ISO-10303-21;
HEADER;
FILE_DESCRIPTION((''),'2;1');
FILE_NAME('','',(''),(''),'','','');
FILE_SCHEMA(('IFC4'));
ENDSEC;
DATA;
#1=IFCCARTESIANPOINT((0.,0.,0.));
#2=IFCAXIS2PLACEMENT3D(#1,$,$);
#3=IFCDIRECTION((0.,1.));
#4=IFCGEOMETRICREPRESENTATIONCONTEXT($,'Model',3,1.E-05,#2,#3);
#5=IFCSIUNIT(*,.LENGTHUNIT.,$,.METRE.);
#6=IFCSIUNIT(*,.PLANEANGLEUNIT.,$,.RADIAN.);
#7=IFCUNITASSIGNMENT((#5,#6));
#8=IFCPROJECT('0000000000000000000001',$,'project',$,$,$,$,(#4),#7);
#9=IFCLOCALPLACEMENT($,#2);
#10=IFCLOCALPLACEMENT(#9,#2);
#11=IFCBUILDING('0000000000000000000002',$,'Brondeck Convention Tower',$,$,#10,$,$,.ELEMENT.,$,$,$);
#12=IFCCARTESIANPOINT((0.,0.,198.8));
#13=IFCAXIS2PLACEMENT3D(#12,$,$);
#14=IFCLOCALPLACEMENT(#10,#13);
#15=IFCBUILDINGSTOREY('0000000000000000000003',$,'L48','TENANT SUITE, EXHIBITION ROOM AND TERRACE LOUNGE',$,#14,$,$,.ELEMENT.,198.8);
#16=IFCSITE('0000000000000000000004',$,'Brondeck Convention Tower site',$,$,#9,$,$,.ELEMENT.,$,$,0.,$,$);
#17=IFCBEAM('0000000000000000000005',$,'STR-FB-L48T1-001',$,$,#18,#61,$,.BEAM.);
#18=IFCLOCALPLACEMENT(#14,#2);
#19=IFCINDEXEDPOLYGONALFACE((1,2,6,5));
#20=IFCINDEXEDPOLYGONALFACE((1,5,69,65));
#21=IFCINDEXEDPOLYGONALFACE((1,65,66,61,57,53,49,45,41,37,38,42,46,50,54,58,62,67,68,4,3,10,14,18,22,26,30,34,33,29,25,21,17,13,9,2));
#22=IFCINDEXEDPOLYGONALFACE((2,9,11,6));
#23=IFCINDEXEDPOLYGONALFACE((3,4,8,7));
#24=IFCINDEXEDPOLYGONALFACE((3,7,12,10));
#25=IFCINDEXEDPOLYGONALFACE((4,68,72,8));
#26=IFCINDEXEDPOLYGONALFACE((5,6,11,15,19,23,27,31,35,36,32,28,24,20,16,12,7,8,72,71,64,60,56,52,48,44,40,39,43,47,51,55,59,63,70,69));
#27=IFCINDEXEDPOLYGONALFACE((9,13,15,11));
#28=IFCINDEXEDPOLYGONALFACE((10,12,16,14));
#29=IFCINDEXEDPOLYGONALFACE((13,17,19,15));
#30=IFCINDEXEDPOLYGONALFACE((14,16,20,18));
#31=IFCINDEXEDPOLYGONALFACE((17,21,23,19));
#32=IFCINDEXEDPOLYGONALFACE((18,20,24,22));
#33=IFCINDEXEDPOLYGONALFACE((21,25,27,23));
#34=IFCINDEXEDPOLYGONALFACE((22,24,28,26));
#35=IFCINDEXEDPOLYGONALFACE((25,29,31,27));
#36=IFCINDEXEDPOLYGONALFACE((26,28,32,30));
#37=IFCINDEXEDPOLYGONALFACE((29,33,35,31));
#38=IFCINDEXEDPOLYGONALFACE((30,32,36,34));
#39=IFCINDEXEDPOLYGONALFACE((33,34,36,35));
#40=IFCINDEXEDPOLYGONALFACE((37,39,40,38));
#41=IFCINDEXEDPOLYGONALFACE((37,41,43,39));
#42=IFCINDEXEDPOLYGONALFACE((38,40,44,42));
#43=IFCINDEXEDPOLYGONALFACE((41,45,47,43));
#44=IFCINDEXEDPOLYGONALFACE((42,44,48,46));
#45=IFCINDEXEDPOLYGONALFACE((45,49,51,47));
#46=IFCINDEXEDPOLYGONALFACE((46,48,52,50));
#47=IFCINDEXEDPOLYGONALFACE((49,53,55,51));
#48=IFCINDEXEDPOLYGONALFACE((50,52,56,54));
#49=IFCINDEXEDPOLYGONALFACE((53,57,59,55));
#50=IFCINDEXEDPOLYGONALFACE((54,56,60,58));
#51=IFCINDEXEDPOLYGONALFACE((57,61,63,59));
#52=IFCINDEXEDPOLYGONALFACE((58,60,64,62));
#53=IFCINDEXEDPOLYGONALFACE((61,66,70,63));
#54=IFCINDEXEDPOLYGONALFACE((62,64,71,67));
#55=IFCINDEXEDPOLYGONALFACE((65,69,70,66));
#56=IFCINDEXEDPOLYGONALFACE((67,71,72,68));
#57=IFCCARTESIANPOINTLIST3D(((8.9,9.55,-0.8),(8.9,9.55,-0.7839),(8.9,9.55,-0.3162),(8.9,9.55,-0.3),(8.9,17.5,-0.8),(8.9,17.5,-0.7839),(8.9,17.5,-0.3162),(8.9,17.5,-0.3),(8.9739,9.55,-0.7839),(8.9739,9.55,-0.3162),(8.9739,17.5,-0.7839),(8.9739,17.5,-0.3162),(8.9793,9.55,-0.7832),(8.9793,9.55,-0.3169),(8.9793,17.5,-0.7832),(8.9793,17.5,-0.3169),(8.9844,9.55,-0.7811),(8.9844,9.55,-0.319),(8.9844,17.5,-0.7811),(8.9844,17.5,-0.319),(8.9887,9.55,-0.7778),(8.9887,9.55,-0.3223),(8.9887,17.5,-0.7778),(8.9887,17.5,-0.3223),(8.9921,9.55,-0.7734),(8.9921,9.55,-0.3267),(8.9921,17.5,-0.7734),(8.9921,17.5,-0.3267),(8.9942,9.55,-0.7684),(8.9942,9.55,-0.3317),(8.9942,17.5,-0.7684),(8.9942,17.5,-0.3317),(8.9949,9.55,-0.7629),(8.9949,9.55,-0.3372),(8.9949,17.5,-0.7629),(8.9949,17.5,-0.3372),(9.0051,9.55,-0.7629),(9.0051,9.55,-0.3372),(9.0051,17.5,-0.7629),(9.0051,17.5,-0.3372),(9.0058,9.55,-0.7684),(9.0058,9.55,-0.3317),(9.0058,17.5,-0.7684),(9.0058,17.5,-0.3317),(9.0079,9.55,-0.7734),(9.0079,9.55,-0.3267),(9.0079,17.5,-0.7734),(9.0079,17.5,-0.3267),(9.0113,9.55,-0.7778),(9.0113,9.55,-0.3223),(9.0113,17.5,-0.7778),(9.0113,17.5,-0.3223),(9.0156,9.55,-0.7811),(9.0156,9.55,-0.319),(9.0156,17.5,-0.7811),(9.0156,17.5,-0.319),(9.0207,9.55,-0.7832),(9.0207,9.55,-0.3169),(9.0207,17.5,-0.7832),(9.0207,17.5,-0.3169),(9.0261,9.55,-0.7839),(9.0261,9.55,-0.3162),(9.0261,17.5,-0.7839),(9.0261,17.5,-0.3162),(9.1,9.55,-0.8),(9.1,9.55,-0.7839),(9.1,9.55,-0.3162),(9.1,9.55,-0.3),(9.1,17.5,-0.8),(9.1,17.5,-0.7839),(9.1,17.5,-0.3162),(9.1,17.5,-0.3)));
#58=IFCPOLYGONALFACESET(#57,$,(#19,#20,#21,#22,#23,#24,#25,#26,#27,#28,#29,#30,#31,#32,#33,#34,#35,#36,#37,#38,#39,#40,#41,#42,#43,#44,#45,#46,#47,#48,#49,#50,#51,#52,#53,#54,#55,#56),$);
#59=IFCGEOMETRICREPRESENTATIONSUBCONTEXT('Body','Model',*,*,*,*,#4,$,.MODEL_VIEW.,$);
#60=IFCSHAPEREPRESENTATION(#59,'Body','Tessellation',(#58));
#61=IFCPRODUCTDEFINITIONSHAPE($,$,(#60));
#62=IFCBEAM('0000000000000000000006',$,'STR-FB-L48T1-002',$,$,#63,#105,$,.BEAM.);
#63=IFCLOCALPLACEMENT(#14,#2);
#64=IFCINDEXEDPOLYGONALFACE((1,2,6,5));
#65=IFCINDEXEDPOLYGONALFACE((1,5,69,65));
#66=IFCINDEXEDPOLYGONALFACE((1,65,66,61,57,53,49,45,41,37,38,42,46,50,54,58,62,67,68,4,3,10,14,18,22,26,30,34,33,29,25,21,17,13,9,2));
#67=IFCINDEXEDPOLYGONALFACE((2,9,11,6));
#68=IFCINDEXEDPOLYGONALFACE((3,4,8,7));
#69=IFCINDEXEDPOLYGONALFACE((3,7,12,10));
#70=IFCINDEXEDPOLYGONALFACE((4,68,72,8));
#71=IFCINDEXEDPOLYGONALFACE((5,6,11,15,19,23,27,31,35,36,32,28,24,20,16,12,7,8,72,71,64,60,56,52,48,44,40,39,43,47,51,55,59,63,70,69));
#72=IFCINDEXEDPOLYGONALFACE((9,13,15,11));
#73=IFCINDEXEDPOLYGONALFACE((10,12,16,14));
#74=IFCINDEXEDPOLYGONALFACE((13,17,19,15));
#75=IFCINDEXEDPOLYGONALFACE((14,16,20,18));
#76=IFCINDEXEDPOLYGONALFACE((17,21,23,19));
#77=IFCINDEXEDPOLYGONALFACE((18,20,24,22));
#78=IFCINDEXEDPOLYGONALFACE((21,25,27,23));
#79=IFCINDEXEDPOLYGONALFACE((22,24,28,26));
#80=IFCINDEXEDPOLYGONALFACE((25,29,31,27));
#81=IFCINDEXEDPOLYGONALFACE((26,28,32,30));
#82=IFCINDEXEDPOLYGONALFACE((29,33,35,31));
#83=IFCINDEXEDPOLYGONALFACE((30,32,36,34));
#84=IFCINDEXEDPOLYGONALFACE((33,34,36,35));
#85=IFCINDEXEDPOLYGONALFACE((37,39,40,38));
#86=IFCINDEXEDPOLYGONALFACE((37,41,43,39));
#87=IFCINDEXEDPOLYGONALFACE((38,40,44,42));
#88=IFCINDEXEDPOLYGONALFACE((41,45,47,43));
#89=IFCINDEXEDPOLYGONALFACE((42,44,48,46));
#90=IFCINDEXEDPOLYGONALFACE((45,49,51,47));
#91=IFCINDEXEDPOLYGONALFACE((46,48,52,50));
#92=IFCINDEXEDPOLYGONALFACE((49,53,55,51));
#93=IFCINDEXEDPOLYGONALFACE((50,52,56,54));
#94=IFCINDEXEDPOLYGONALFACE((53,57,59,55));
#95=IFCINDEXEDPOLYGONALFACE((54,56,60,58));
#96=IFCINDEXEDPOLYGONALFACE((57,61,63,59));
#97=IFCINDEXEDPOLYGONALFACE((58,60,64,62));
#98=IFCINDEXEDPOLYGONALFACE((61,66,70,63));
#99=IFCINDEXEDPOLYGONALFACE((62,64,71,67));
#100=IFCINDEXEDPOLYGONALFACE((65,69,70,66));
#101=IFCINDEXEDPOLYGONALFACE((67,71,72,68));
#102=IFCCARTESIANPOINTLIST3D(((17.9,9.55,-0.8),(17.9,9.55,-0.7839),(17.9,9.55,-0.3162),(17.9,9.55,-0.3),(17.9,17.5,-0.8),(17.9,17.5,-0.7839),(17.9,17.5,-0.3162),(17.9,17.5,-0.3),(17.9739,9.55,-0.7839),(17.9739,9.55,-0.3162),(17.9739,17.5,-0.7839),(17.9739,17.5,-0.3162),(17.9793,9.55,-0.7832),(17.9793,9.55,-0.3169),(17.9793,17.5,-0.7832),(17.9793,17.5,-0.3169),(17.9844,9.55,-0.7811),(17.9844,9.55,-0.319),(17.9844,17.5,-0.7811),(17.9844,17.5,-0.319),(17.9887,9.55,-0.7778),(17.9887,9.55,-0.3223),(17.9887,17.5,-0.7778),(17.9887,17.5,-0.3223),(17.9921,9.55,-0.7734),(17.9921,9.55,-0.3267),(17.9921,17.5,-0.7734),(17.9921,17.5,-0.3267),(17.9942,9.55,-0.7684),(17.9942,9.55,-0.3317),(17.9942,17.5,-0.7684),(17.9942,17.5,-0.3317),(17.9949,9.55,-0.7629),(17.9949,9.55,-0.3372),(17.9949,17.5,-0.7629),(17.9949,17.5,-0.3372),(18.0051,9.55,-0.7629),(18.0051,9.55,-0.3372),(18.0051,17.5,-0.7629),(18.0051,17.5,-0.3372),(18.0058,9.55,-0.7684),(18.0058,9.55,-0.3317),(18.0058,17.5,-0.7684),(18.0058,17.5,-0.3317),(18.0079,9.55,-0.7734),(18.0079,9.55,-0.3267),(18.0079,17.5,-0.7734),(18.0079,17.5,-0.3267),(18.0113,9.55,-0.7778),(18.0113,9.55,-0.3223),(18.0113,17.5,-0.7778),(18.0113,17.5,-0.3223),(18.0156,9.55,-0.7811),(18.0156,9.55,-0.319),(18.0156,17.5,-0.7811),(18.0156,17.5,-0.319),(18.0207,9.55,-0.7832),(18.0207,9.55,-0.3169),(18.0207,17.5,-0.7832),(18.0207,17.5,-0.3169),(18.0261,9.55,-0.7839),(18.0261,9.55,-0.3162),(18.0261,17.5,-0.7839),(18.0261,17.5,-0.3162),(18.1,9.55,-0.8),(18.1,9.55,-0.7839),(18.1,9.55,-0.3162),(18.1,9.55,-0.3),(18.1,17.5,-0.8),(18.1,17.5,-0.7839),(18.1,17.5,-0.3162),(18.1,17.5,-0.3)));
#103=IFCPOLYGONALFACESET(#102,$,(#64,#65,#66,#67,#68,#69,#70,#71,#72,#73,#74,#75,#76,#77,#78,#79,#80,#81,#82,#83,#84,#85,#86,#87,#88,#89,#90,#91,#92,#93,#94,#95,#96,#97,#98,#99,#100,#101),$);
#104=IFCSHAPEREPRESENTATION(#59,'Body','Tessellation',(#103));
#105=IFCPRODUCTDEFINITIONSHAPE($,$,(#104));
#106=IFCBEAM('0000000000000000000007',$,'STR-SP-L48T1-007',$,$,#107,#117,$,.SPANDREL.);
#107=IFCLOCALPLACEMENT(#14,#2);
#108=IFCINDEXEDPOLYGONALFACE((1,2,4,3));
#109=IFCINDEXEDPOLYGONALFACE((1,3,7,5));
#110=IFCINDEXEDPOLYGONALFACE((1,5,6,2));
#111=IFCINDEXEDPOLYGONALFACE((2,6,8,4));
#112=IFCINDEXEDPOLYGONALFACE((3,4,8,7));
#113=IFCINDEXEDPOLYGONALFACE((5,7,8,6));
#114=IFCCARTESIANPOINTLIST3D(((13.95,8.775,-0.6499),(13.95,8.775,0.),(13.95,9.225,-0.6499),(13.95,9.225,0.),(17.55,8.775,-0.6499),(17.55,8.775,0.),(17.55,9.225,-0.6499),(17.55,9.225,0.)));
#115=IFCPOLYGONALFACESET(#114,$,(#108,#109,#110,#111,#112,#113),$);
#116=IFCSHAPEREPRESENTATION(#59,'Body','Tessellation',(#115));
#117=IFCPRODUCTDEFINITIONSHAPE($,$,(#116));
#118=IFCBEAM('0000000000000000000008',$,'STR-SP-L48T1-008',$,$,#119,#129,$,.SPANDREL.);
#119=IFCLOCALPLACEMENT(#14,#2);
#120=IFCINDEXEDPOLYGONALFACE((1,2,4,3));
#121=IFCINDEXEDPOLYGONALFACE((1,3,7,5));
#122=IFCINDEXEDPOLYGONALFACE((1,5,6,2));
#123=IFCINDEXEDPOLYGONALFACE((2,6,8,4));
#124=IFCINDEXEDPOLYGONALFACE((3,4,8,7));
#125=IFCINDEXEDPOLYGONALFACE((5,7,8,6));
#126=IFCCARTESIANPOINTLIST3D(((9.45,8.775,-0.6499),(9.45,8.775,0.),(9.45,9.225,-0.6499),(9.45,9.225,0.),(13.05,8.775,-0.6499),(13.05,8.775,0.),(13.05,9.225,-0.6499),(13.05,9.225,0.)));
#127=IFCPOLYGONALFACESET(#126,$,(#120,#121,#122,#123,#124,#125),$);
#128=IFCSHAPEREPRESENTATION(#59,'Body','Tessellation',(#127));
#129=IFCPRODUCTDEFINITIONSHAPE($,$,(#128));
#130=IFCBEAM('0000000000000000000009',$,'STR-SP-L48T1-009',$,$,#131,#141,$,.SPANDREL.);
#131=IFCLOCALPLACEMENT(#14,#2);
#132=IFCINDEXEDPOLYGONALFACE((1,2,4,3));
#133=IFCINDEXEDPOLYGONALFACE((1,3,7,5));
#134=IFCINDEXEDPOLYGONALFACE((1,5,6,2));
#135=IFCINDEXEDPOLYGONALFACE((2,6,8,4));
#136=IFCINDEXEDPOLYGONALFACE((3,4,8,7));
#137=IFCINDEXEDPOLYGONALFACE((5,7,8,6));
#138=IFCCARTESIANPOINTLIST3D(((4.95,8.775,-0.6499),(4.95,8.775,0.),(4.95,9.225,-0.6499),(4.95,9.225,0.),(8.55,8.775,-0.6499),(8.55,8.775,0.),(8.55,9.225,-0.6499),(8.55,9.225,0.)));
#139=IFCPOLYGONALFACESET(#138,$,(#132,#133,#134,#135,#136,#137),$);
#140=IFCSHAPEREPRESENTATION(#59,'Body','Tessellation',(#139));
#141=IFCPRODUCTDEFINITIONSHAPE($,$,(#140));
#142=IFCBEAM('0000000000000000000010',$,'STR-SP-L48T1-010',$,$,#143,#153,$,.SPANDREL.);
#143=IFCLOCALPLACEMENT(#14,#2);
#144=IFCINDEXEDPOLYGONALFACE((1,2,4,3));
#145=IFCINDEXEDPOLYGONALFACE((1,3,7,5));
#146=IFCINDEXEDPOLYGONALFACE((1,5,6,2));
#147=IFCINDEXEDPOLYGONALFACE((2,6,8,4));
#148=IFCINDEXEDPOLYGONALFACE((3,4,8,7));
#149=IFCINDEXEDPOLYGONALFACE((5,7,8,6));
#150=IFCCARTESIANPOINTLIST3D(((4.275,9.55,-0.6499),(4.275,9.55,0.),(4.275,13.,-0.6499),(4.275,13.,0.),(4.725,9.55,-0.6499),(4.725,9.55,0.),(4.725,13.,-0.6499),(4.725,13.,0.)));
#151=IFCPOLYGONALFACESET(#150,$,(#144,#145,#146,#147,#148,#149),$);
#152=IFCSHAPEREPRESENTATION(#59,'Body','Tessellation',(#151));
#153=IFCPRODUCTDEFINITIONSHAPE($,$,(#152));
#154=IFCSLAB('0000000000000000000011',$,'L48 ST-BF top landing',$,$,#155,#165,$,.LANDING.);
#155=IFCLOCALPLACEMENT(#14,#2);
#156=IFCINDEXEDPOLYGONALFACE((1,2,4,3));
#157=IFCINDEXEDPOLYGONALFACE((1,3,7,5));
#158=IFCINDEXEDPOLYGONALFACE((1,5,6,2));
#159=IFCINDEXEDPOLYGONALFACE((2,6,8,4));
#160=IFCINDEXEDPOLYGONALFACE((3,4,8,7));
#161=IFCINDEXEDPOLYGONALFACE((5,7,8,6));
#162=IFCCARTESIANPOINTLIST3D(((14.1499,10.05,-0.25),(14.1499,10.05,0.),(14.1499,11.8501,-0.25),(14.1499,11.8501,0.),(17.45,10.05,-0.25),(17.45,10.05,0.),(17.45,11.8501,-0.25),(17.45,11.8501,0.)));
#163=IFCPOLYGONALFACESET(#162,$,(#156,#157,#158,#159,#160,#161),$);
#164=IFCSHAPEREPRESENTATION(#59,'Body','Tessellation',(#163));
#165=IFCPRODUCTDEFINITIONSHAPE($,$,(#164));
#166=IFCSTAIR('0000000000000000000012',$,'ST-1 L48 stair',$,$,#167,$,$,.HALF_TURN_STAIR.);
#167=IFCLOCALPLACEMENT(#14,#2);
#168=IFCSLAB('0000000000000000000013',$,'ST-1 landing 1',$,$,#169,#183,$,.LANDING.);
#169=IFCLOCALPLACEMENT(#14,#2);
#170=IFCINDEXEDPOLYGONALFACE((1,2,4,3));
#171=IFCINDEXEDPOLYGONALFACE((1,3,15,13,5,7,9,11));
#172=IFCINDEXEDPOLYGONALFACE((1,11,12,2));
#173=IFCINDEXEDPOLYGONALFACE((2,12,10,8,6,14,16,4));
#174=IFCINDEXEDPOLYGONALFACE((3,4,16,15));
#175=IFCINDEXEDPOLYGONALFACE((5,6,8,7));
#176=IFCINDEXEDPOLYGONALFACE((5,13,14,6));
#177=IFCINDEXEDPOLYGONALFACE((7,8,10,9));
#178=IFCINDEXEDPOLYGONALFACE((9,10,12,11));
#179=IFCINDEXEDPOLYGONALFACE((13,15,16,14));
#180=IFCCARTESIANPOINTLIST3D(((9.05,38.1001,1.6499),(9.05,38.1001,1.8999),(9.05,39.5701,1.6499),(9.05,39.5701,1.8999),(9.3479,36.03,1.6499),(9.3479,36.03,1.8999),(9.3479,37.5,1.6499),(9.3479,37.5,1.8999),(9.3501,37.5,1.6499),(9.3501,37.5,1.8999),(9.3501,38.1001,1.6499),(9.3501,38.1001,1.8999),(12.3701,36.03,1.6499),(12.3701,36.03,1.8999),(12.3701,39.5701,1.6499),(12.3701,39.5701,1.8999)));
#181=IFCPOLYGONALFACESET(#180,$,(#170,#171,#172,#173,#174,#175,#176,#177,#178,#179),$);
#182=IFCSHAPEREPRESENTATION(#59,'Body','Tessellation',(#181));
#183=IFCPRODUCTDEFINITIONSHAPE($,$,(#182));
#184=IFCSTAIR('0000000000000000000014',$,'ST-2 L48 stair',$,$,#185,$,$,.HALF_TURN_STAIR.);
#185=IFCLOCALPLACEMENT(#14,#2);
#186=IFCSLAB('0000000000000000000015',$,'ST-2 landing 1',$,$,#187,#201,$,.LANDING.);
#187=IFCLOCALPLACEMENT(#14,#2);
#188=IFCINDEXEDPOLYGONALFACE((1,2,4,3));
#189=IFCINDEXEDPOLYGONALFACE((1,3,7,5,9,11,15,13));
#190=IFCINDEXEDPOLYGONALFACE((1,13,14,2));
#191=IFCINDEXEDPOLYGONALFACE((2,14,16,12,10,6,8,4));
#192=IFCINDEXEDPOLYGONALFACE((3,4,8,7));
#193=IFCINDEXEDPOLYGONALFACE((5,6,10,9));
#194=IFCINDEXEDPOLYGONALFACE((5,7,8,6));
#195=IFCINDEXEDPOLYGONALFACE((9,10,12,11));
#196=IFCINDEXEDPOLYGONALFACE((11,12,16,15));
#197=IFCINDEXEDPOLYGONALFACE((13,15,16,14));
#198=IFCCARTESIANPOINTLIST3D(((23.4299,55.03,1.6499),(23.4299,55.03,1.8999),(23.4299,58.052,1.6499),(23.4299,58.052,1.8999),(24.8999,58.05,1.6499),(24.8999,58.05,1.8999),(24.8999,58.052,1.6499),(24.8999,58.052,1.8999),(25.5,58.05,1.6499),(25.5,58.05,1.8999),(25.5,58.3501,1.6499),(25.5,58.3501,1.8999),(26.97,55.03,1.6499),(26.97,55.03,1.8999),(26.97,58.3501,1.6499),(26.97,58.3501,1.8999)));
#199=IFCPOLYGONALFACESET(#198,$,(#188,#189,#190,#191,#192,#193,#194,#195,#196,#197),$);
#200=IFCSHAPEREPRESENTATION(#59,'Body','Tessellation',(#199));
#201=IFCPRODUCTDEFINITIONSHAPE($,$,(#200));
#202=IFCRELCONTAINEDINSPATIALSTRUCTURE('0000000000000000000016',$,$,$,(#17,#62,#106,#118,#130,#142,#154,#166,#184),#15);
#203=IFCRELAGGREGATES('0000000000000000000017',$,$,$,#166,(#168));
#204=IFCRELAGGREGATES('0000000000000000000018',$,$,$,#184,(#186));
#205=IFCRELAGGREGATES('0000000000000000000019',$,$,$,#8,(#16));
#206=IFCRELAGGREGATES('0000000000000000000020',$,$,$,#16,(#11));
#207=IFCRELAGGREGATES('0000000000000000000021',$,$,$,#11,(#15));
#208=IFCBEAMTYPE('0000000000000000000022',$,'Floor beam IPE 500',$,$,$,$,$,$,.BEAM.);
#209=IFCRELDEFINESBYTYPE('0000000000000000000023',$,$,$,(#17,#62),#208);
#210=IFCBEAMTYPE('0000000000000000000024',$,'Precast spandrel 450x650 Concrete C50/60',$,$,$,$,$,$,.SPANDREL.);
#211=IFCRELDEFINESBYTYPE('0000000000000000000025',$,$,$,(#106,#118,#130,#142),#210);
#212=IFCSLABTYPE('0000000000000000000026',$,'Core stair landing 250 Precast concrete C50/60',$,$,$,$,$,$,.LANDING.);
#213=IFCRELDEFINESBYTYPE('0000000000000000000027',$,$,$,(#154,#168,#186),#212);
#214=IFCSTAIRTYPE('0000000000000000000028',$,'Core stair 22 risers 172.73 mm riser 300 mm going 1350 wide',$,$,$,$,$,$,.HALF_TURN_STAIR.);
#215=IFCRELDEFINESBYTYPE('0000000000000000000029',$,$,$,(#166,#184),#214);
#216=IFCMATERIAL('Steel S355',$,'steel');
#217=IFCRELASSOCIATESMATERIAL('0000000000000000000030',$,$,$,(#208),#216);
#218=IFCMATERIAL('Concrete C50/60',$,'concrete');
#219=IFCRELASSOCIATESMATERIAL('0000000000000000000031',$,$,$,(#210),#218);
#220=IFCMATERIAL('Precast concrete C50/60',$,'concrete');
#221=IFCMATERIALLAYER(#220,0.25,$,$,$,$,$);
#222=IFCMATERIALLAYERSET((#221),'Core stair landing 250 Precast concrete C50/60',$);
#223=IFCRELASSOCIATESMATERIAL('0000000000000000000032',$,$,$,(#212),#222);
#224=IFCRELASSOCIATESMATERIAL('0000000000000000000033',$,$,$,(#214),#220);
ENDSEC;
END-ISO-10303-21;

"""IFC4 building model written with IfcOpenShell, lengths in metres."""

from ifc_helpers import new_model, si_unit, direction, frame, origin, origin_2d, place, context, subcontext, project, spatial, polyline, rectangle, i_section, outline, extrude, material, layer, layer_set, material_profile, profile_set, type_object, element, aggregate, save


model = new_model("IFC4")

# Units and contexts
model_context = context("Model", 3, precision=1e-05, world=origin(), true_north=direction((0.0, 1.0)))
body_context = subcontext(model_context, "Body", "Model", "MODEL_VIEW")
ifc_project = project(units=[si_unit("LENGTHUNIT", "METRE"), si_unit("PLANEANGLEUNIT", "RADIAN")], contexts=[model_context])

# Site, building, storey
site_placement = place(None, origin())
site = spatial("IfcSite", under=ifc_project, at=site_placement, Name="Brondeck Convention Tower site", CompositionType="ELEMENT", RefElevation=0.0)
building_placement = place(site_placement, origin())
building = spatial("IfcBuilding", under=site, at=building_placement, Name="Brondeck Convention Tower", CompositionType="ELEMENT")
storey_placement = place(building_placement, frame((0.0, 0.0, 198.8)))
storey = spatial("IfcBuildingStorey", under=building, at=storey_placement, Name="L48", Description="TENANT SUITE, EXHIBITION ROOM AND TERRACE LOUNGE", CompositionType="ELEMENT", Elevation=198.8)

# Beams
ifc_material_1 = material(Name="Steel S355", Category="steel")
ifc_material_profile_1 = material_profile(ifc_material_1, i_section(OverallWidth=0.2, OverallDepth=0.5, WebThickness=0.0103, FlangeThickness=0.0161, FilletRadius=0.021, at=origin_2d()), Name="IPE 500")
ifc_profile_set_1 = profile_set([ifc_material_profile_1], Name="Steel S355")
beam_type_1 = type_object("IfcBeamType", Name="Floor beam IPE 500", PredefinedType="BEAM", material=ifc_profile_set_1)
for number, where, z_axis, x_axis, name in (
    (1, (9.0, 9.55, -0.55), (0.0, 1.0, 0.0), (-1.0, 0.0, 0.0), "STR-FB-L48T1-001"),
    (2, (18.0, 9.55, -0.55), (0.0, 1.0, 0.0), (-1.0, 0.0, 0.0), "STR-FB-L48T1-002"),
):
    element("IfcBeam", number, at=place(storey_placement, frame(where, z_axis=z_axis, x_axis=x_axis)), inside=storey, type_object=beam_type_1, Name=name, PredefinedType="BEAM", context=body_context, shape_type="SweptSolid", body=[
        extrude(i_section(OverallWidth=0.2, OverallDepth=0.5, WebThickness=0.0103, FlangeThickness=0.0161, FilletRadius=0.021, at=origin_2d()), origin(), (0.0, 0.0, 1.0), 7.95),
    ])
ifc_material_2 = material(Name="Concrete C50/60", Category="concrete")
ifc_material_profile_2 = material_profile(ifc_material_2, rectangle(XDim=0.45, YDim=0.6499, at=origin_2d()), Name="Precast spandrel 450x650 Concrete C50/60")
ifc_profile_set_2 = profile_set([ifc_material_profile_2], Name="Concrete C50/60")
beam_type_2 = type_object("IfcBeamType", Name="Precast spandrel 450x650 Concrete C50/60", PredefinedType="SPANDREL", material=ifc_profile_set_2)
for number, where, z_axis, x_axis, name in (
    (3, (17.55, 9.0, -0.325), (-1.0, 0.0, 0.0), (0.0, -1.0, 0.0), "STR-SP-L48T1-007"),
    (4, (13.05, 9.0, -0.325), (-1.0, 0.0, 0.0), (0.0, -1.0, 0.0), "STR-SP-L48T1-008"),
    (5, (8.55, 9.0, -0.325), (-1.0, 0.0, 0.0), (0.0, -1.0, 0.0), "STR-SP-L48T1-009"),
):
    element("IfcBeam", number, at=place(storey_placement, frame(where, z_axis=z_axis, x_axis=x_axis)), inside=storey, type_object=beam_type_2, Name=name, PredefinedType="SPANDREL", context=body_context, shape_type="SweptSolid", body=[
        extrude(rectangle(XDim=0.45, YDim=0.6499, at=origin_2d()), origin(), (0.0, 0.0, 1.0), 3.6001),
    ])
beam_placement = place(storey_placement, frame((4.5, 9.55, -0.325), z_axis=(0.0, 1.0, 0.0), x_axis=(-1.0, 0.0, 0.0)))
element("IfcBeam", 6, at=beam_placement, inside=storey, type_object=beam_type_2, Name="STR-SP-L48T1-010", PredefinedType="SPANDREL", context=body_context, shape_type="SweptSolid", body=[
    extrude(rectangle(XDim=0.45, YDim=0.6499, at=origin_2d()), origin(), (0.0, 0.0, 1.0), 3.45),
])

# Slab
ifc_material_3 = material(Name="Precast concrete C50/60", Category="concrete")
ifc_layer_1 = layer(ifc_material_3, 0.25)
ifc_layer_set_1 = layer_set([ifc_layer_1], Name="Core stair landing 250 Precast concrete C50/60")
slab_type = type_object("IfcSlabType", Name="Core stair landing 250 Precast concrete C50/60", PredefinedType="LANDING", material=ifc_layer_set_1)
slab_1_placement = place(storey_placement, frame((0.0, 0.0, -0.25)))
element("IfcSlab", 7, at=slab_1_placement, inside=storey, type_object=slab_type, Name="L48 ST-BF top landing", PredefinedType="LANDING", context=body_context, shape_type="SweptSolid", body=[
    extrude(outline(polyline([(17.45, 10.05), (17.45, 11.8501), (14.1499, 11.8501), (14.1499, 10.05), (17.45, 10.05)])), origin(), (0.0, 0.0, 1.0), 0.25),
])

# Stairs, slabs
stair_type = type_object("IfcStairType", Name="Core stair 22 risers 172.73 mm riser 300 mm going 1350 wide", PredefinedType="HALF_TURN_STAIR", material=ifc_material_3)
stair_1_placement = place(storey_placement, origin())
stair_1 = element("IfcStair", 8, at=stair_1_placement, inside=storey, type_object=stair_type, Name="ST-1 L48 stair", PredefinedType="HALF_TURN_STAIR")
slab_2_placement = place(storey_placement, frame((0.0, 0.0, 1.6499)))
slab_2 = element("IfcSlab", 9, at=slab_2_placement, type_object=slab_type, Name="ST-1 landing 1", PredefinedType="LANDING", context=body_context, shape_type="SweptSolid", body=[
    extrude(outline(polyline([(9.3479, 37.5), (9.3501, 37.5), (9.3501, 38.1001), (9.05, 38.1001), (9.05, 39.5701), (12.3701, 39.5701), (12.3701, 36.03), (9.3479, 36.03), (9.3479, 37.5)])), origin(), (0.0, 0.0, 1.0), 0.25),
])
aggregate(stair_1, [slab_2])
stair_2_placement = place(storey_placement, origin())
stair_2 = element("IfcStair", 10, at=stair_2_placement, inside=storey, type_object=stair_type, Name="ST-2 L48 stair", PredefinedType="HALF_TURN_STAIR")
slab_3_placement = place(storey_placement, frame((0.0, 0.0, 1.6499)))
slab_3 = element("IfcSlab", 11, at=slab_3_placement, type_object=slab_type, Name="ST-2 landing 1", PredefinedType="LANDING", context=body_context, shape_type="SweptSolid", body=[
    extrude(outline(polyline([(23.4299, 58.052), (24.8999, 58.052), (24.8999, 58.05), (25.5, 58.05), (25.5, 58.3501), (26.97, 58.3501), (26.97, 55.03), (23.4299, 55.03), (23.4299, 58.052)])), origin(), (0.0, 0.0, 1.0), 0.25),
])
aggregate(stair_2, [slab_3])

save(model, "model.ifc")
